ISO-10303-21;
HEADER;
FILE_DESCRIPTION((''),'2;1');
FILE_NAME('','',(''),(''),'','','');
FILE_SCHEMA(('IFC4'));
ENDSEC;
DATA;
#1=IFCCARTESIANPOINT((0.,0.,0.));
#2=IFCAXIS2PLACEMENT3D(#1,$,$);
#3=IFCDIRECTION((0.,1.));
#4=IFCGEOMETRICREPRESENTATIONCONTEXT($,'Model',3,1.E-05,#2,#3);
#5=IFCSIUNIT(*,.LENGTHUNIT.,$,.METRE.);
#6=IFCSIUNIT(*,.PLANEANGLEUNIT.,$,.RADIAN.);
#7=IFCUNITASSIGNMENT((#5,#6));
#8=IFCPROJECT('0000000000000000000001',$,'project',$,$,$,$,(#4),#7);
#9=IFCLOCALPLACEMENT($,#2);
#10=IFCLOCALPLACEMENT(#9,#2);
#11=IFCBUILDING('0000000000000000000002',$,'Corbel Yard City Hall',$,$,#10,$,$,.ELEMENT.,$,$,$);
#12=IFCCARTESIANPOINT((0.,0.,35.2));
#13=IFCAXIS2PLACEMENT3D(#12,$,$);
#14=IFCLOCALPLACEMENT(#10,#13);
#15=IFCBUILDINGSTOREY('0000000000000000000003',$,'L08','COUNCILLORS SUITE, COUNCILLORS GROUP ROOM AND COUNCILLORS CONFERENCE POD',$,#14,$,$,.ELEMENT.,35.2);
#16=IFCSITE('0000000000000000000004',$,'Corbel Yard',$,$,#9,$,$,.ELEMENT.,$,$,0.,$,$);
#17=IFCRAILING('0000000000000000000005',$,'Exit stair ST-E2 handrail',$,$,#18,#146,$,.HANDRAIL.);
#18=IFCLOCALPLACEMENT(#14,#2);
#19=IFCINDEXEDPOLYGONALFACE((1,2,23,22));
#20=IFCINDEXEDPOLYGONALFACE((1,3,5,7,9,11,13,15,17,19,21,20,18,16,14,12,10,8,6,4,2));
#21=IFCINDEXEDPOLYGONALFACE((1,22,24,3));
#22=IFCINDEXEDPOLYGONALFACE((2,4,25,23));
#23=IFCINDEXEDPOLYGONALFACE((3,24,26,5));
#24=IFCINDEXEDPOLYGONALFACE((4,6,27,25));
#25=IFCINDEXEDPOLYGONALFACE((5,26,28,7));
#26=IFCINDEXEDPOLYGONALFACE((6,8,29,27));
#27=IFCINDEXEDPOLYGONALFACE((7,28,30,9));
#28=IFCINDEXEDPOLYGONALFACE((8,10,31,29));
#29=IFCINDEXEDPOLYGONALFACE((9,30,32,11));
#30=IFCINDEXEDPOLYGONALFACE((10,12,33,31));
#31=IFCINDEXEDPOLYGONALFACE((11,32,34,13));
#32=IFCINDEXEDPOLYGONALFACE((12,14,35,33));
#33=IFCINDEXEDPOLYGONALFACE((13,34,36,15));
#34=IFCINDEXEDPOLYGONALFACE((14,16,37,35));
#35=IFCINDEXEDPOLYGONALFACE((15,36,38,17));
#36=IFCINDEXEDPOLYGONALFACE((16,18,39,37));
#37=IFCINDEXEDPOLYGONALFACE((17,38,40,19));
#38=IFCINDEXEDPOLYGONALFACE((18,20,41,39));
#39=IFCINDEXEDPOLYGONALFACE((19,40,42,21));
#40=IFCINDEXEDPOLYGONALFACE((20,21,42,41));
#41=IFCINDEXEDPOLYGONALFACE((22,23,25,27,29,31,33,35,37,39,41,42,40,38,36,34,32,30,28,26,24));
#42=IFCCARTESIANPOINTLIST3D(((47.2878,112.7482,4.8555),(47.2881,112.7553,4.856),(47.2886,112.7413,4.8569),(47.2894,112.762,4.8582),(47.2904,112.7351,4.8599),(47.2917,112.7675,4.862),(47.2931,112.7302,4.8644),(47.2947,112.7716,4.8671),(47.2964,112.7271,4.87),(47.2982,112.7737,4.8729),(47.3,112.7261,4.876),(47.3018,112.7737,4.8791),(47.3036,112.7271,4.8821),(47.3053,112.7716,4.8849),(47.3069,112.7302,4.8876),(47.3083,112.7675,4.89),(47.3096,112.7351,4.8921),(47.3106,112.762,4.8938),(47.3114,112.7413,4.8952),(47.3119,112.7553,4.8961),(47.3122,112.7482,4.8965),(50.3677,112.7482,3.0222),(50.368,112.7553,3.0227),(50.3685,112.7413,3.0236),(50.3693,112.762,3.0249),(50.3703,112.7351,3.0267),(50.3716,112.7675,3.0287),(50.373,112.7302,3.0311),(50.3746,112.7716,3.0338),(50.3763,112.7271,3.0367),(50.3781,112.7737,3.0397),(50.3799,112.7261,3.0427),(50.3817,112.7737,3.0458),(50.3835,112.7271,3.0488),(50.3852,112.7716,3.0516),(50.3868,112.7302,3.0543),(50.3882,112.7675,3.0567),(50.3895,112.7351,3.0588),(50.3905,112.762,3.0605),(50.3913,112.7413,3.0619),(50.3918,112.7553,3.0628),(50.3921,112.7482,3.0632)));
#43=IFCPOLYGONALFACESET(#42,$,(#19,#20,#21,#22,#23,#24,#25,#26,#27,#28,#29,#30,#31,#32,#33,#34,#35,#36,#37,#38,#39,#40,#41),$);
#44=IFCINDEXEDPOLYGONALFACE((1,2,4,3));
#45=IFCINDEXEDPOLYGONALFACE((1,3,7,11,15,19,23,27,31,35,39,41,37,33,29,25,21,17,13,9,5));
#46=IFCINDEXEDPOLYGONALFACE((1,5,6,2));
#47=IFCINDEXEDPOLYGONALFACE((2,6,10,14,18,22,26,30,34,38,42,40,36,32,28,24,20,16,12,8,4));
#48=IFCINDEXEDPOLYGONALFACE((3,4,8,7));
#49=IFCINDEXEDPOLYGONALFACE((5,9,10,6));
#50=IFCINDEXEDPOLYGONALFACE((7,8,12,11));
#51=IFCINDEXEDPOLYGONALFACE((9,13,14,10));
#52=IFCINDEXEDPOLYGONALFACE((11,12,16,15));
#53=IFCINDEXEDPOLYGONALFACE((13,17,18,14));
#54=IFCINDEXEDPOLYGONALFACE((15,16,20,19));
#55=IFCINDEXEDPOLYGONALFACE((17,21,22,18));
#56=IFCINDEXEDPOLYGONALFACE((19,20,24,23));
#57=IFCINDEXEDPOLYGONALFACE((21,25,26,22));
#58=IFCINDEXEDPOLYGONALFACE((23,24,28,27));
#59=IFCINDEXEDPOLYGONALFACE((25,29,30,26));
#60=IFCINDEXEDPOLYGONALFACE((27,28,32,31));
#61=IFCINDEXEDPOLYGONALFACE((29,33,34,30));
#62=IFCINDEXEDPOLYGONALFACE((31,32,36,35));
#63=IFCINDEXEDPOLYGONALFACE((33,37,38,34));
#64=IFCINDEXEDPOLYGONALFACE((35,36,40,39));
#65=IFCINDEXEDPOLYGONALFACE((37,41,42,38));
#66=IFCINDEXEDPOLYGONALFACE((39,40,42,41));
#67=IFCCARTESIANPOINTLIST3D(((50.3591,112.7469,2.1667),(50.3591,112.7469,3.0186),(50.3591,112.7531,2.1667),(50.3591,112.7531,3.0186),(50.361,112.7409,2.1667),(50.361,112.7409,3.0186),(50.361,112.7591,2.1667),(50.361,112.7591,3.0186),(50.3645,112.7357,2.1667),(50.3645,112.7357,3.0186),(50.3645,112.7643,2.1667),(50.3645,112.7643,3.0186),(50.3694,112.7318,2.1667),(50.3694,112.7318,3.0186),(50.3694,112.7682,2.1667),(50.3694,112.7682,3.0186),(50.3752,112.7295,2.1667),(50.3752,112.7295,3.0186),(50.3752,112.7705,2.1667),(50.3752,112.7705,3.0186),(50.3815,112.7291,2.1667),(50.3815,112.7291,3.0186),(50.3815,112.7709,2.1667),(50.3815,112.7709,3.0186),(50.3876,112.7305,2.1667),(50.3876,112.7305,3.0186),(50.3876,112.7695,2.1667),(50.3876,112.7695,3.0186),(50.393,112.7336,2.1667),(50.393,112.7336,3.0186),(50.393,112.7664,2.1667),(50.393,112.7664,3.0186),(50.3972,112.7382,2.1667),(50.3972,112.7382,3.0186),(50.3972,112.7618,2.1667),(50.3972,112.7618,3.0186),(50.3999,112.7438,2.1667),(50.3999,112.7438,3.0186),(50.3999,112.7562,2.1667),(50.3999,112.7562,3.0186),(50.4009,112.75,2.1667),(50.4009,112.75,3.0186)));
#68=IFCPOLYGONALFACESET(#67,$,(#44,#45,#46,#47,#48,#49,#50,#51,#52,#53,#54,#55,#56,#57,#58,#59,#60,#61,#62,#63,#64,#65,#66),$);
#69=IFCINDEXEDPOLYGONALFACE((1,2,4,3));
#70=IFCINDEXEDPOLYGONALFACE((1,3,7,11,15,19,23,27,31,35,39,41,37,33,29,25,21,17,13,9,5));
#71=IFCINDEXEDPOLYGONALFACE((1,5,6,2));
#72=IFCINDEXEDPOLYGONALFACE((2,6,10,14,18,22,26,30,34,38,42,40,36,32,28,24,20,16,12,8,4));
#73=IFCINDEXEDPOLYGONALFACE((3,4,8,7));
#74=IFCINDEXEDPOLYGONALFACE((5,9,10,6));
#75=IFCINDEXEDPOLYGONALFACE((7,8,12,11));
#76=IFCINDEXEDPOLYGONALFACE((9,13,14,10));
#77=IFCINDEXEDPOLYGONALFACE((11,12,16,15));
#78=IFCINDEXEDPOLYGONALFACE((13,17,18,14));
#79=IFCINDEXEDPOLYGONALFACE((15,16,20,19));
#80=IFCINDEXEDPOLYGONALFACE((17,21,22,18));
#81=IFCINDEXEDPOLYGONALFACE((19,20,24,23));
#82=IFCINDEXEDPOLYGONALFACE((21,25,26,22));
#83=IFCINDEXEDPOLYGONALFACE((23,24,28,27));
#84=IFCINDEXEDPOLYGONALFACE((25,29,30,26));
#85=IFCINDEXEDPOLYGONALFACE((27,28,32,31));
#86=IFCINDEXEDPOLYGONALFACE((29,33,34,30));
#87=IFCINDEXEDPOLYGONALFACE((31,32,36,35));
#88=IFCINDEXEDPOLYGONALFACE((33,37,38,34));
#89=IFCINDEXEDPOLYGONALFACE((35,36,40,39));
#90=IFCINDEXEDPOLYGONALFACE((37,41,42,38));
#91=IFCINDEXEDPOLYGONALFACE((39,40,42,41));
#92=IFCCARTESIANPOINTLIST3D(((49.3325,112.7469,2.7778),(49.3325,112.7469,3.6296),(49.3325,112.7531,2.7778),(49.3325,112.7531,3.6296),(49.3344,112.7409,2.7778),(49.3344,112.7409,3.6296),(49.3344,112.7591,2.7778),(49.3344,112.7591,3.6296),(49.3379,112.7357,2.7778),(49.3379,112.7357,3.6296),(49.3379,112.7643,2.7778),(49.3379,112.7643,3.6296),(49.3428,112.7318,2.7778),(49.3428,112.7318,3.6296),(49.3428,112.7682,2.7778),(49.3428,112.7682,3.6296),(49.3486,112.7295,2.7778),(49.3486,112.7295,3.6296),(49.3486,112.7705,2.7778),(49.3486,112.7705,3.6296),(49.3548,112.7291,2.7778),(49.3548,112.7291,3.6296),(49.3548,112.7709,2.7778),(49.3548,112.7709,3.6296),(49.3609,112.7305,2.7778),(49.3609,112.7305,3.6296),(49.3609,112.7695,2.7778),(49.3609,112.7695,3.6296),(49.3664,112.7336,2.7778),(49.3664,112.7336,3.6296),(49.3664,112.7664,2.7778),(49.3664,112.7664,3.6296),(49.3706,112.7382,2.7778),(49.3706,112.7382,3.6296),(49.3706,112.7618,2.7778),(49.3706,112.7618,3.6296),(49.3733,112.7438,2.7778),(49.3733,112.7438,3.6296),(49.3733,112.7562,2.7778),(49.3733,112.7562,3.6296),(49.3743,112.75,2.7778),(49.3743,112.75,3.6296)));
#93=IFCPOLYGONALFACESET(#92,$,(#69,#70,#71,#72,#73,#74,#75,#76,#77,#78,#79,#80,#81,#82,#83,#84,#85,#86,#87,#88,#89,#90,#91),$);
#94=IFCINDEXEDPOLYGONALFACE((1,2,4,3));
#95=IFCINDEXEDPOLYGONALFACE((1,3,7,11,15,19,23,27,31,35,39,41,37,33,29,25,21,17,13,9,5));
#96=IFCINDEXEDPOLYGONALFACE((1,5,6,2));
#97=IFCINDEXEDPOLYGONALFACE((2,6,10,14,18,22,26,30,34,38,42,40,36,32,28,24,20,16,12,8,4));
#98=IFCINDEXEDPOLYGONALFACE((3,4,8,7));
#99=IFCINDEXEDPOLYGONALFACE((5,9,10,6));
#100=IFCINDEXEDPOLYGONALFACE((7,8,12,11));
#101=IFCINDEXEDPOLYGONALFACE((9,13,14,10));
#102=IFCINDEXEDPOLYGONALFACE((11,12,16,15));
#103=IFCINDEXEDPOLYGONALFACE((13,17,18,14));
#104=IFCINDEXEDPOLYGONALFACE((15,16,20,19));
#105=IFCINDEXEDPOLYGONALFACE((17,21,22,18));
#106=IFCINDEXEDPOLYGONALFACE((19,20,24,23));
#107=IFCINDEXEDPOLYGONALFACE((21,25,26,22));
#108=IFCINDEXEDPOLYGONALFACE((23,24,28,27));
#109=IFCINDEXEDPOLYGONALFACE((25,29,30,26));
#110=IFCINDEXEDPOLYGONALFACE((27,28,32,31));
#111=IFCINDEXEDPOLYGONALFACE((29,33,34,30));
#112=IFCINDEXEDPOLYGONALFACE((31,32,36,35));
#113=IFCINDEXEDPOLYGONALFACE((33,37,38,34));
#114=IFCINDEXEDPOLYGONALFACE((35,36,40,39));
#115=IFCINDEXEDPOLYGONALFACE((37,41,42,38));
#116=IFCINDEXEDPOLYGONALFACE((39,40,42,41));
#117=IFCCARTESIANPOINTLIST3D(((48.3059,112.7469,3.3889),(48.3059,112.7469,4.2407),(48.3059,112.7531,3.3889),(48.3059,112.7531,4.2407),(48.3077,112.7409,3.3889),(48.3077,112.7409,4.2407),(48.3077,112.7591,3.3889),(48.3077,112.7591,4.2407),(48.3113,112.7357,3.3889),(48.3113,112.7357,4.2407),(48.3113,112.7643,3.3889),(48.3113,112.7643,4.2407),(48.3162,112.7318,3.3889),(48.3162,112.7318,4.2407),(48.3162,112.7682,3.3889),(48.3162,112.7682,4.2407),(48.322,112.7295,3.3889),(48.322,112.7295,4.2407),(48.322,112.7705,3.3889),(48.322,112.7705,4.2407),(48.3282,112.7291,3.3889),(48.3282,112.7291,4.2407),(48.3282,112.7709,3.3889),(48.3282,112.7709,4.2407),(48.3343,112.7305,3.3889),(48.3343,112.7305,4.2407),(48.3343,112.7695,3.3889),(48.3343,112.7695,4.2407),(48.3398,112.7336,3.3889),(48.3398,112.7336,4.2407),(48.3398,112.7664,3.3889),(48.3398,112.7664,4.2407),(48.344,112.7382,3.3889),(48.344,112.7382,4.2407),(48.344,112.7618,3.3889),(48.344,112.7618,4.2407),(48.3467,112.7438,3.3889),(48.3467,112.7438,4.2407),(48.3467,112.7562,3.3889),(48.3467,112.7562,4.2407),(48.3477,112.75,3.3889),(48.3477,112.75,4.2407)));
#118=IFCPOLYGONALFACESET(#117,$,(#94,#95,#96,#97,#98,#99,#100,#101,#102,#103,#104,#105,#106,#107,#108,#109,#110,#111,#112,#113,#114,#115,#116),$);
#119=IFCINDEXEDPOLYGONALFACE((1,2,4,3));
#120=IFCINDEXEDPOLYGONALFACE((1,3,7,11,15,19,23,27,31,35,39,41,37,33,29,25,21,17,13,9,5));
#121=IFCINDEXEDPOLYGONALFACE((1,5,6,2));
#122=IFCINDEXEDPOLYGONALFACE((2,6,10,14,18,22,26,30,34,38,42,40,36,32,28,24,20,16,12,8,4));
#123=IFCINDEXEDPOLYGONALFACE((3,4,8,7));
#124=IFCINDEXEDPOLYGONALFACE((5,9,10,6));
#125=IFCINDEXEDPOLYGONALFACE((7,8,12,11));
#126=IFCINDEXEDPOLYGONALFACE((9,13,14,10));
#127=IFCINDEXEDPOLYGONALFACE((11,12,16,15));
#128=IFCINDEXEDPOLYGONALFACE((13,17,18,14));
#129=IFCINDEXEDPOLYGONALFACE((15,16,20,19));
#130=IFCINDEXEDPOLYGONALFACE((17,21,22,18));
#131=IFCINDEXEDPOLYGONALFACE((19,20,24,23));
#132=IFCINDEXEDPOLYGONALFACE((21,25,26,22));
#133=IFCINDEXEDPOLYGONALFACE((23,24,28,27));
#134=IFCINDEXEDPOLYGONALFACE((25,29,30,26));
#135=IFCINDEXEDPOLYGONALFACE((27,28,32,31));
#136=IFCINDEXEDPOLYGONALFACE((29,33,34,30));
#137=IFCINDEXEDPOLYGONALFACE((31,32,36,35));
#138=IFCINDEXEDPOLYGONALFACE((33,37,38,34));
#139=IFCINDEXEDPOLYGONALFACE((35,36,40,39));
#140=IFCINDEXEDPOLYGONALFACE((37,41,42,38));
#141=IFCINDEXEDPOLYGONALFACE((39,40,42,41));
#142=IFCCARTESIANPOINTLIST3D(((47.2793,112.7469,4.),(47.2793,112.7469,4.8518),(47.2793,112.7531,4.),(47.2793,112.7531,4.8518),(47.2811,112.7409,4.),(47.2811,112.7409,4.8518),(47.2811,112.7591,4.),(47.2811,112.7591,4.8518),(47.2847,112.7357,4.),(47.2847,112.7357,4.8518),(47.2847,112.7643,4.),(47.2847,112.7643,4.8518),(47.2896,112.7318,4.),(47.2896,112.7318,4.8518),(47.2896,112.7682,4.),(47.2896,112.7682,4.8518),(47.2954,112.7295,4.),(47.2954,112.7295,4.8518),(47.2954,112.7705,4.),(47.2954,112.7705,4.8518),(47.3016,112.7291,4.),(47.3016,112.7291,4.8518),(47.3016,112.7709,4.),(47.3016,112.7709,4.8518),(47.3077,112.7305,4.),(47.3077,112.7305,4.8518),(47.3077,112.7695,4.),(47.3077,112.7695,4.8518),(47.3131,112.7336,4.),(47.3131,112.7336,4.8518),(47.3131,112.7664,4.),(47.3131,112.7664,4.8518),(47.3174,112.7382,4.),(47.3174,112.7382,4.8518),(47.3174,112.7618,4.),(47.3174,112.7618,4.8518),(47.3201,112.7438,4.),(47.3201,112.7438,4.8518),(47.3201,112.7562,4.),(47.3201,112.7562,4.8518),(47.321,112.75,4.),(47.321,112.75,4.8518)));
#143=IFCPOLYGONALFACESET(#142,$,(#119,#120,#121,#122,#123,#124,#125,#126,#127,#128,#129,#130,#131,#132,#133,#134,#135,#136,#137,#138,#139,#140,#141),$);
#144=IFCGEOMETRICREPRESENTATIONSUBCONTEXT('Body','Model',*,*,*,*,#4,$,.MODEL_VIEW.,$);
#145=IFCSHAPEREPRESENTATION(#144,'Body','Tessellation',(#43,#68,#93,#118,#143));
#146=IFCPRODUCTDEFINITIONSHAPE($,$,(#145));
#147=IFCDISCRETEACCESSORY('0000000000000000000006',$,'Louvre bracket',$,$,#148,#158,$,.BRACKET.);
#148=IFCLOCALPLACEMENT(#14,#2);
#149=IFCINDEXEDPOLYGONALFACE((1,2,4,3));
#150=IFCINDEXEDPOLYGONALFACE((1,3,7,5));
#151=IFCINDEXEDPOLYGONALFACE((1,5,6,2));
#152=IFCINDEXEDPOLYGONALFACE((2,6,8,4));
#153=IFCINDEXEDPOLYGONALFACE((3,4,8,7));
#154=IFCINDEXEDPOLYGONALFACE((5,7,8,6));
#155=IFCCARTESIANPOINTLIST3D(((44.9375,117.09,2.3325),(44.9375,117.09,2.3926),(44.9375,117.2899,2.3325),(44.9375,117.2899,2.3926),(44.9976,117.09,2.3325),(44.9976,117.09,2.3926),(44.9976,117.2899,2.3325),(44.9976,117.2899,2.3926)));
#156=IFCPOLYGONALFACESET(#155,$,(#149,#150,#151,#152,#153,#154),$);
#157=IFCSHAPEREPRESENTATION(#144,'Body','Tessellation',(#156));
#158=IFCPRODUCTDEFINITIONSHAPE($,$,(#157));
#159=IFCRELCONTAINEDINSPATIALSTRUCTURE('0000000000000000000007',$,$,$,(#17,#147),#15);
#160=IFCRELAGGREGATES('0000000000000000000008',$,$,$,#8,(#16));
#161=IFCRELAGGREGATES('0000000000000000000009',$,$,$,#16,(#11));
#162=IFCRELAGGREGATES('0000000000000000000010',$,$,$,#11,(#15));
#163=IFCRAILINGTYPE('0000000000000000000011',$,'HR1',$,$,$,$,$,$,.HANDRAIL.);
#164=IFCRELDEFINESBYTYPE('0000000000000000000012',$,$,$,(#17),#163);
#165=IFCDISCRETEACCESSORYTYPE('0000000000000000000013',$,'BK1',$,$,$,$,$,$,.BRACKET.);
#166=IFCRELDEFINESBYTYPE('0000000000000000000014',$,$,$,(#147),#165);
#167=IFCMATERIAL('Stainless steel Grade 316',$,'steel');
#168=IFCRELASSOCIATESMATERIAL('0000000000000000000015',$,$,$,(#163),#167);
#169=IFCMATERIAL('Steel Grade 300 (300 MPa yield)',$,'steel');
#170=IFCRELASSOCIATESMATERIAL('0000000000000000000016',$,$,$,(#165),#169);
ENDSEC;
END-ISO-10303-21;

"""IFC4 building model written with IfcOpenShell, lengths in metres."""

from ifc_helpers import new_model, si_unit, direction, frame, origin, origin_2d, place, context, subcontext, project, spatial, rectangle, circle, extrude, material, type_object, element, save


model = new_model("IFC4")

# Units and contexts
model_context = context("Model", 3, precision=1e-05, world=origin(), true_north=direction((0.0, 1.0)))
body_context = subcontext(model_context, "Body", "Model", "MODEL_VIEW")
ifc_project = project(units=[si_unit("LENGTHUNIT", "METRE"), si_unit("PLANEANGLEUNIT", "RADIAN")], contexts=[model_context])

# Site, building, storey
site_placement = place(None, origin())
site = spatial("IfcSite", under=ifc_project, at=site_placement, Name="Corbel Yard", CompositionType="ELEMENT", RefElevation=0.0)
building_placement = place(site_placement, origin())
building = spatial("IfcBuilding", under=site, at=building_placement, Name="Corbel Yard City Hall", CompositionType="ELEMENT")
storey_placement = place(building_placement, frame((0.0, 0.0, 35.2)))
storey = spatial("IfcBuildingStorey", under=building, at=storey_placement, Name="L08", Description="COUNCILLORS SUITE, COUNCILLORS GROUP ROOM AND COUNCILLORS CONFERENCE POD", CompositionType="ELEMENT", Elevation=35.2)

# Shared definitions
ifc_material_1 = material(Name="Stainless steel Grade 316", Category="steel")

# Railing
railing_type = type_object("IfcRailingType", Name="HR1", PredefinedType="HANDRAIL", material=ifc_material_1)
for number, where, name in (
    (1, (50.3799, 112.75, 2.1667), "Exit stair ST-E2 handrail"),
):
    element("IfcRailing", number, at=place(storey_placement, frame(where)), inside=storey, type_object=railing_type, Name=name, PredefinedType="HANDRAIL", context=body_context, shape_type="SweptSolid", body=[
        extrude(circle(Radius=0.0239, at=origin_2d()), frame((0.0, 0.0, 0.876), z_axis=(-0.859291, 0.0, 0.511487), x_axis=(0.0, -1.0, 0.0)), (0.0, 0.0, 1.0), 3.5842),
        extrude(circle(Radius=0.021, at=origin_2d()), origin(), (0.0, 0.0, 1.0), 0.8518),
        extrude(circle(Radius=0.021, at=origin_2d()), frame((-1.0266, 0.0, 0.6111)), (0.0, 0.0, 1.0), 0.8518),
        extrude(circle(Radius=0.021, at=origin_2d()), frame((-2.0532, 0.0, 1.2222)), (0.0, 0.0, 1.0), 0.8518),
        extrude(circle(Radius=0.021, at=origin_2d()), frame((-3.0798, 0.0, 1.8333)), (0.0, 0.0, 1.0), 0.8518),
    ])

# Discrete accessory
ifc_material_2 = material(Name="Steel Grade 300 (300 MPa yield)", Category="steel")
discrete_accessory_type = type_object("IfcDiscreteAccessoryType", Name="BK1", PredefinedType="BRACKET", material=ifc_material_2)
discrete_accessory_placement = place(storey_placement, frame((44.9675, 117.1899, 2.3325), z_axis=(0.0, 0.0, 1.0), x_axis=(1.0, 0.0, 0.0)))
element("IfcDiscreteAccessory", 2, at=discrete_accessory_placement, inside=storey, type_object=discrete_accessory_type, Name="Louvre bracket", PredefinedType="BRACKET", context=body_context, shape_type="SweptSolid", body=[
    extrude(rectangle(XDim=0.0601, YDim=0.2, at=origin_2d()), origin(), (0.0, 0.0, 1.0), 0.0601),
])

save(model, "model.ifc")
